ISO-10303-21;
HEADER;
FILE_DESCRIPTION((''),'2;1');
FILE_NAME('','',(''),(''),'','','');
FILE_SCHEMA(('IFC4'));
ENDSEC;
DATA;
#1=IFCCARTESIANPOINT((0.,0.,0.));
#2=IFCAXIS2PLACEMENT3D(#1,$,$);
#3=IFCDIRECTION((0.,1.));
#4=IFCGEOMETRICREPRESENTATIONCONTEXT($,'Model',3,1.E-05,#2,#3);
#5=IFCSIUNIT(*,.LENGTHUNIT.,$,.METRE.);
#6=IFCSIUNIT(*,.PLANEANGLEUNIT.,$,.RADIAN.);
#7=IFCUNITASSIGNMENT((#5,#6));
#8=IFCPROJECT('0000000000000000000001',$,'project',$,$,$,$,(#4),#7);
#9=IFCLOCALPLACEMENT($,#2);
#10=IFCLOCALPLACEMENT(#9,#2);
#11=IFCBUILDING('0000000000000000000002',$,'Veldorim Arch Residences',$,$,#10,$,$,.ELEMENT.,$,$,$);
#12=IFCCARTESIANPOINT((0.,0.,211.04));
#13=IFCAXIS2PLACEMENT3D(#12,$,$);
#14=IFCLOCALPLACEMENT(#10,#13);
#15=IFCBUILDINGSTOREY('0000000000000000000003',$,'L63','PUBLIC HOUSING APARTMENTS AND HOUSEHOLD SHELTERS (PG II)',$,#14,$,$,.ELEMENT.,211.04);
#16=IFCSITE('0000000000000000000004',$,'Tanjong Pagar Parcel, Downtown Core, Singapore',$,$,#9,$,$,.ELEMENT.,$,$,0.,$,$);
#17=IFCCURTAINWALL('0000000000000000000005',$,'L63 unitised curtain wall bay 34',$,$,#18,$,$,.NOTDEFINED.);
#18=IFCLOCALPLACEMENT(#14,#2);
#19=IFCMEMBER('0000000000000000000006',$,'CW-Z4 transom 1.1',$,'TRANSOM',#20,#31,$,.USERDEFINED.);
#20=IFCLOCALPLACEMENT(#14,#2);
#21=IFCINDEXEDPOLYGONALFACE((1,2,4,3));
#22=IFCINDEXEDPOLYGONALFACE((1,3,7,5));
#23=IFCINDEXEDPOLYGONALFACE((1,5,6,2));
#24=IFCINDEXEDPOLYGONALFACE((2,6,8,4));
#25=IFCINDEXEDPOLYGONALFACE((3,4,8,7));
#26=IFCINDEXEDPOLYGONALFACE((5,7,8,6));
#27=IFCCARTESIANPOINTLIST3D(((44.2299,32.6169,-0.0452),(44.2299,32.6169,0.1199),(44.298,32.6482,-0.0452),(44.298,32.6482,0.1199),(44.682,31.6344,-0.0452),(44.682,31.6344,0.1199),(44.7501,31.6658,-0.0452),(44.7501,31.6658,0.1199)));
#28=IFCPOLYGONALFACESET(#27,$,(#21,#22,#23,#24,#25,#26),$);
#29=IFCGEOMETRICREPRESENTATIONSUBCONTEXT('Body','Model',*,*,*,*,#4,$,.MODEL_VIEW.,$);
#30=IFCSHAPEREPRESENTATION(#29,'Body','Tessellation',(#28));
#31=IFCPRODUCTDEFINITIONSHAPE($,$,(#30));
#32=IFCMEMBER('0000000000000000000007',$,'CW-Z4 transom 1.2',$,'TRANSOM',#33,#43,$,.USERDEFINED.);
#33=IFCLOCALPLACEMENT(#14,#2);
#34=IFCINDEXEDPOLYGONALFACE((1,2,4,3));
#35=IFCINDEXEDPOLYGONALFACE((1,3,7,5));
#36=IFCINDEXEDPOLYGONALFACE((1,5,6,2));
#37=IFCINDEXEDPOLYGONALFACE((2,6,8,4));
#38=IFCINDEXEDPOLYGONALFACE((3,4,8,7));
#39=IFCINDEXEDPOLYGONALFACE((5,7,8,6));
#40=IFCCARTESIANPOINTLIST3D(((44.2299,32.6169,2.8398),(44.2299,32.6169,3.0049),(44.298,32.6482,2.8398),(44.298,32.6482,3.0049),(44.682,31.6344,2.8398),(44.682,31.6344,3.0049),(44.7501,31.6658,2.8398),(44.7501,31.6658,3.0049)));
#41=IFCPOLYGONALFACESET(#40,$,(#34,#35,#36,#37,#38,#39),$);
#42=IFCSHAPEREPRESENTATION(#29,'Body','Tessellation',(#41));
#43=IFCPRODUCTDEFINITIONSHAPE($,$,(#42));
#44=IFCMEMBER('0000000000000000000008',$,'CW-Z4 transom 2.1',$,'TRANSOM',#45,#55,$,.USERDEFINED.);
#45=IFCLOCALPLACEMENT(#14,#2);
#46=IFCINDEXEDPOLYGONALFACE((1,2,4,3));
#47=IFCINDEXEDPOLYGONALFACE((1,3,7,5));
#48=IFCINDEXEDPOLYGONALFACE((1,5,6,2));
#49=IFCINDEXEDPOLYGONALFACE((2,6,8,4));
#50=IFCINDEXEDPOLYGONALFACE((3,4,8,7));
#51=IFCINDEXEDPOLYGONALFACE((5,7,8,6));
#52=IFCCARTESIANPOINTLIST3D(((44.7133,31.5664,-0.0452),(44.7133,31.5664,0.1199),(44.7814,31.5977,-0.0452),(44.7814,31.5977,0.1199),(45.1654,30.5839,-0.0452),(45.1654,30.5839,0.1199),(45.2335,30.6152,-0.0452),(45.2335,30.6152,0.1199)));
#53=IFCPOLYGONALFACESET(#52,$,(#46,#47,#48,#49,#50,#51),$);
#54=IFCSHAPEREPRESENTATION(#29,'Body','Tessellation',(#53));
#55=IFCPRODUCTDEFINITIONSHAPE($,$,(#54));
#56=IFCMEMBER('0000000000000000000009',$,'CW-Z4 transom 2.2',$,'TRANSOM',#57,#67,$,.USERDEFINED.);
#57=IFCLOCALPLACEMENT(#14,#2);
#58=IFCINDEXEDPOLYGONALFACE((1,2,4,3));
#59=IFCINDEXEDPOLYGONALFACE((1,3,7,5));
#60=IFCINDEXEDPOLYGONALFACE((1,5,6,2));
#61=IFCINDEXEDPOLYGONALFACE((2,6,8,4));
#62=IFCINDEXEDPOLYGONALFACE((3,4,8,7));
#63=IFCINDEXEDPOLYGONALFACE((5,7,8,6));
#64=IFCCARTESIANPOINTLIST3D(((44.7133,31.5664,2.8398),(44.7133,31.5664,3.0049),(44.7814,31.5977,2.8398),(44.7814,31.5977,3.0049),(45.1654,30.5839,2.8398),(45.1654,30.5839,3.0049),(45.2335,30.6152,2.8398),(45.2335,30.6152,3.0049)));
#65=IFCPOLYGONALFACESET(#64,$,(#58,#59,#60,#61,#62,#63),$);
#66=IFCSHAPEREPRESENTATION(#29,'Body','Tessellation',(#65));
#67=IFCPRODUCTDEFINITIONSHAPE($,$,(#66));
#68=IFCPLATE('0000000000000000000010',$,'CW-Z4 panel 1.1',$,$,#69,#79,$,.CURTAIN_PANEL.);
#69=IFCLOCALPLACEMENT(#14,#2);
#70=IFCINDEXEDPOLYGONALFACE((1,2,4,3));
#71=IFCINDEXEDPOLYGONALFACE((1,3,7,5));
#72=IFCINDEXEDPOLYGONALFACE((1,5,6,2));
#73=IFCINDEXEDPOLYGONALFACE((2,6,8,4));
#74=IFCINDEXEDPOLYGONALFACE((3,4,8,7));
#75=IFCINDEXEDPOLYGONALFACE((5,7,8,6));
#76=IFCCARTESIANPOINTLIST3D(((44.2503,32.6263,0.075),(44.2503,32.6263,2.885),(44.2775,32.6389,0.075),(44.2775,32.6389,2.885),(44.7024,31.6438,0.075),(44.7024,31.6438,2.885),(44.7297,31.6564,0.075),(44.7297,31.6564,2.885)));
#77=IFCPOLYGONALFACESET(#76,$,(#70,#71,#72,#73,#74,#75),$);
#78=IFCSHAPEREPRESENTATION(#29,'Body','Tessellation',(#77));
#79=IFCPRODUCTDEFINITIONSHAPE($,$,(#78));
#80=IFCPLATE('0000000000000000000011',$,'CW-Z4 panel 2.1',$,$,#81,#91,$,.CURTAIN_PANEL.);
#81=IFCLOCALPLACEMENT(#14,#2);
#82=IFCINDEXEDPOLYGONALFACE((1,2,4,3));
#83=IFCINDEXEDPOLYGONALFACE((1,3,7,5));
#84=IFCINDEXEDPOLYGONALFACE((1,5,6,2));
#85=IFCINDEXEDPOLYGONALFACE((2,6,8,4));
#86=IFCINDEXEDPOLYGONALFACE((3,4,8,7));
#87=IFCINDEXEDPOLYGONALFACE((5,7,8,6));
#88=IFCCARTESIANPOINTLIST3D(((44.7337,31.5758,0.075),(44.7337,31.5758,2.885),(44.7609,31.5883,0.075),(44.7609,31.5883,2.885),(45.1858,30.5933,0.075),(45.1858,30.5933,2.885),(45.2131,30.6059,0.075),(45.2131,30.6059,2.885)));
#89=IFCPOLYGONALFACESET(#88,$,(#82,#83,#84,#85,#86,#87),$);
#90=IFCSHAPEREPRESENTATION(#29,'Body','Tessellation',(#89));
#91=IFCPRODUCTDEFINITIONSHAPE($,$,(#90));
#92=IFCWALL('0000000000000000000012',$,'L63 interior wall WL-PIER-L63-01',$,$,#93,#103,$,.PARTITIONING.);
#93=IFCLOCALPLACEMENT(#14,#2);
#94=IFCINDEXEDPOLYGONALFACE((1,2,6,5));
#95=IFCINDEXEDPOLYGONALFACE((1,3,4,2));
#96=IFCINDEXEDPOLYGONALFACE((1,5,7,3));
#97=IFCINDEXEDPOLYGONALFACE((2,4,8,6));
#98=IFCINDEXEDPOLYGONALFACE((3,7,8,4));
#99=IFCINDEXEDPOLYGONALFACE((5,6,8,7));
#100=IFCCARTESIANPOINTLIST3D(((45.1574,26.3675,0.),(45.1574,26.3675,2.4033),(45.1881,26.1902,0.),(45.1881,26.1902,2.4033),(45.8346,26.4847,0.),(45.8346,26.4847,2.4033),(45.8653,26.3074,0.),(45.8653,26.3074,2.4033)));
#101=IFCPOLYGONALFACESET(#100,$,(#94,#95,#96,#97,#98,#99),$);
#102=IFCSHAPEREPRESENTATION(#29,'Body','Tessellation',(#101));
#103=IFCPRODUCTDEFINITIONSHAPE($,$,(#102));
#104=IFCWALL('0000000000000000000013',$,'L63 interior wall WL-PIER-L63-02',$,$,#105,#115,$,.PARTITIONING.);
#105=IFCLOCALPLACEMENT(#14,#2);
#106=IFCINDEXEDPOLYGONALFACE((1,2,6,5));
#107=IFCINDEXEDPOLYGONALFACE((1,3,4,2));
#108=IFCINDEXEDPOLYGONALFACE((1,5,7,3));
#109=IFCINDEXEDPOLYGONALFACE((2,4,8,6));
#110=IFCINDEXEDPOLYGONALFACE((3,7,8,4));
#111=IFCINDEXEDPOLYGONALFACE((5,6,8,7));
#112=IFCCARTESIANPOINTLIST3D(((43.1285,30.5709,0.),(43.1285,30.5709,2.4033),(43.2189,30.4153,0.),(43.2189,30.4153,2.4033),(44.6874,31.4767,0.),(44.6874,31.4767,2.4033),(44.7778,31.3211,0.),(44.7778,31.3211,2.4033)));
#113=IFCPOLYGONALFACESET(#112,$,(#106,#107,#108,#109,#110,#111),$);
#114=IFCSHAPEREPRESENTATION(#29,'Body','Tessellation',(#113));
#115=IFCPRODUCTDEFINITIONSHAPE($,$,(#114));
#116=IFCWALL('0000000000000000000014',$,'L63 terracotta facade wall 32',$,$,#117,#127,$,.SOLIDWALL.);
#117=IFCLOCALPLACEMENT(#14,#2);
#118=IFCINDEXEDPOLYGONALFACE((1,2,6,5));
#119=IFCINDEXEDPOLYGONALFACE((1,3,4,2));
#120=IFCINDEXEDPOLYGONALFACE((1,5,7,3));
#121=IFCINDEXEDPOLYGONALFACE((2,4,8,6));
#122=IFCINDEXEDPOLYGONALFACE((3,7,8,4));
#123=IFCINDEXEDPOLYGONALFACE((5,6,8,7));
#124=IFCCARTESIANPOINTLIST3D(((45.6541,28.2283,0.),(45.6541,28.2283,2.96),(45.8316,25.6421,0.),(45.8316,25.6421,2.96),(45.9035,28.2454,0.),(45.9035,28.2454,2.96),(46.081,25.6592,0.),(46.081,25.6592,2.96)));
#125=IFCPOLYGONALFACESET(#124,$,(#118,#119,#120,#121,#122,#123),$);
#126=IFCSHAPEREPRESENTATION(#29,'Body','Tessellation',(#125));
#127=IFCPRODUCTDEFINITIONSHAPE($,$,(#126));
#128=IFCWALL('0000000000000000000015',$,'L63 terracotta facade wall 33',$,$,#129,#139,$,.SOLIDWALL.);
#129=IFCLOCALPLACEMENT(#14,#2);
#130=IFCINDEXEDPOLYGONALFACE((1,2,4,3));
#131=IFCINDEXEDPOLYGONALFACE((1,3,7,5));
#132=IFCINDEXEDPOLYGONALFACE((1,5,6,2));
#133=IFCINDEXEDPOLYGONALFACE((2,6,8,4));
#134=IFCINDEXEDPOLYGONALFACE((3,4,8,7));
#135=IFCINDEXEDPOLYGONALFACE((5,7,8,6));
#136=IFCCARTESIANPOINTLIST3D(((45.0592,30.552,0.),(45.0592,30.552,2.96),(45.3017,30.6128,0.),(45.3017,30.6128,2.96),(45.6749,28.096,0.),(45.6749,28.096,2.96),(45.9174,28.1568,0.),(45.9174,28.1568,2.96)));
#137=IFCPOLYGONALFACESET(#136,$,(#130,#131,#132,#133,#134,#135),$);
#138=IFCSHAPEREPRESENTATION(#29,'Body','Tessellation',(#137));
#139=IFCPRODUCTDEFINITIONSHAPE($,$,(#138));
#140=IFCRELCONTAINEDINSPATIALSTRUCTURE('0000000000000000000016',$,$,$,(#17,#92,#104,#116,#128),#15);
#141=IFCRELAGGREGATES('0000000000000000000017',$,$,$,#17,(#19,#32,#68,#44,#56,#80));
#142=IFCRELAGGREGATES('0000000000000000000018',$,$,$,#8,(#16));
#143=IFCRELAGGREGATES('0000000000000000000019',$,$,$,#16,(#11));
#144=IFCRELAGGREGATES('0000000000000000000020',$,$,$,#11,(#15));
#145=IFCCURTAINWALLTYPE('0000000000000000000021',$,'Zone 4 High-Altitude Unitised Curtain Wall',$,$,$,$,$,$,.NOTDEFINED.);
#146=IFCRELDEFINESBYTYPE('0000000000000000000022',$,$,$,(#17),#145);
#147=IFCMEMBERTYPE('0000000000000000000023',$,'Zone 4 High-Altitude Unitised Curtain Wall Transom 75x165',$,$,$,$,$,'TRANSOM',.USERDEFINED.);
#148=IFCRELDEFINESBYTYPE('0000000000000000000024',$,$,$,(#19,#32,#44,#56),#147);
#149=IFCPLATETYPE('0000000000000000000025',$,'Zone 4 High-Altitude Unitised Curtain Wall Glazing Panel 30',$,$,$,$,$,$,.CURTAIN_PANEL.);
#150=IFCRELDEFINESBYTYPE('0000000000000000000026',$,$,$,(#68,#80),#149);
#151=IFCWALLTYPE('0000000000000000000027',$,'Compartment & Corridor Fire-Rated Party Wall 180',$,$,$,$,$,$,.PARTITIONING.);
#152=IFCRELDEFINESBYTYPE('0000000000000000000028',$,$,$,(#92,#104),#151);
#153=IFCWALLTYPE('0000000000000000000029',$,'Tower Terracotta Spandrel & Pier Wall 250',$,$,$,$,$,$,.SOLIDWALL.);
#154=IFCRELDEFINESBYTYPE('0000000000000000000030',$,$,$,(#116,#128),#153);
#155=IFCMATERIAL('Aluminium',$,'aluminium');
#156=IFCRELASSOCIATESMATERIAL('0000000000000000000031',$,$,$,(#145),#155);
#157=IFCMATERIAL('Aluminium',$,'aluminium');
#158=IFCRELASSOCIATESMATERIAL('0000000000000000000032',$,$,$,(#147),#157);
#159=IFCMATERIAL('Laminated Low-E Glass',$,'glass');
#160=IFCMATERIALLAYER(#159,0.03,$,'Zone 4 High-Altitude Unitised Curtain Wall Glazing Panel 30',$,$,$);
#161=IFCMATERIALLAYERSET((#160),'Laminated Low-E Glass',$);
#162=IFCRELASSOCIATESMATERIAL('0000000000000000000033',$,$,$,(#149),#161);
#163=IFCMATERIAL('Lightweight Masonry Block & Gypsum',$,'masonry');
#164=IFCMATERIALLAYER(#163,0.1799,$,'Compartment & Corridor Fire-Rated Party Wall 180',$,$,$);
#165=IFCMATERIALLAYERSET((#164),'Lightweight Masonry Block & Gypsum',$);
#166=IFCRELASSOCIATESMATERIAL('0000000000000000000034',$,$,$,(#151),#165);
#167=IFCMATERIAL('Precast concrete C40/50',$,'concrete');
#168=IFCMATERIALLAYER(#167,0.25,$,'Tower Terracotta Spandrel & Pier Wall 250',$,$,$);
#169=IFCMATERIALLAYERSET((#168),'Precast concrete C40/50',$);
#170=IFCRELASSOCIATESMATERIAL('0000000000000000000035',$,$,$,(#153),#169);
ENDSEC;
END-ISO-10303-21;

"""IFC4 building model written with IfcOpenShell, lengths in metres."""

from ifc_helpers import new_model, si_unit, direction, frame, frame_2d, origin, origin_2d, place, context, subcontext, project, spatial, rectangle, extrude, material, layer, layer_set, material_profile, profile_set, type_object, element, aggregate, save


model = new_model("IFC4")

# Units and contexts
model_context = context("Model", 3, precision=1e-05, world=origin(), true_north=direction((0.0, 1.0)))
body_context = subcontext(model_context, "Body", "Model", "MODEL_VIEW")
ifc_project = project(units=[si_unit("LENGTHUNIT", "METRE"), si_unit("PLANEANGLEUNIT", "RADIAN")], contexts=[model_context])

# Site, building, storey
site_placement = place(None, origin())
site = spatial("IfcSite", under=ifc_project, at=site_placement, Name="Tanjong Pagar Parcel, Downtown Core, Singapore", CompositionType="ELEMENT", RefElevation=0.0)
building_placement = place(site_placement, origin())
building = spatial("IfcBuilding", under=site, at=building_placement, Name="Veldorim Arch Residences", CompositionType="ELEMENT")
storey_placement = place(building_placement, frame((0.0, 0.0, 211.04)))
storey = spatial("IfcBuildingStorey", under=building, at=storey_placement, Name="L63", Description="PUBLIC HOUSING APARTMENTS AND HOUSEHOLD SHELTERS (PG II)", CompositionType="ELEMENT", Elevation=211.04)

# Curtain wall, members, plates
ifc_material_1 = material(Name="Aluminium", Category="aluminium")
curtain_wall_type = type_object("IfcCurtainWallType", Name="Zone 4 High-Altitude Unitised Curtain Wall", PredefinedType="NOTDEFINED", material=ifc_material_1)
curtain_wall_placement = place(storey_placement, origin())
curtain_wall = element("IfcCurtainWall", 1, at=curtain_wall_placement, inside=storey, type_object=curtain_wall_type, Name="L63 unitised curtain wall bay 34", PredefinedType="NOTDEFINED")
ifc_material_2 = material(Name="Aluminium", Category="aluminium")
ifc_material_profile_1 = material_profile(ifc_material_2, rectangle(XDim=0.075, YDim=0.165, at=origin_2d()), Name="ALU_TRN_75x165")
ifc_profile_set_1 = profile_set([ifc_material_profile_1], Name="Aluminium")
member_type_1 = type_object("IfcMemberType", Name="Zone 4 High-Altitude Unitised Curtain Wall Transom 75x165", ElementType="TRANSOM", PredefinedType="USERDEFINED", material=ifc_profile_set_1)
member_1_placement = place(storey_placement, frame((44.2639, 32.6326, 0.0374), z_axis=(0.418084, -0.908408, 0.0), x_axis=(0.908408, 0.418084, 0.0)))
member_1 = element("IfcMember", 2, at=member_1_placement, type_object=member_type_1, Name="CW-Z4 transom 1.1", ObjectType="TRANSOM", PredefinedType="USERDEFINED", context=body_context, shape_type="SweptSolid", body=[
    extrude(rectangle(XDim=0.075, YDim=0.165, at=origin_2d()), origin(), (0.0, 0.0, 1.0), 1.0815),
])
member_2_placement = place(storey_placement, frame((44.2639, 32.6326, 2.9224), z_axis=(0.418084, -0.908408, 0.0), x_axis=(0.908408, 0.418084, 0.0)))
member_2 = element("IfcMember", 3, at=member_2_placement, type_object=member_type_1, Name="CW-Z4 transom 1.2", ObjectType="TRANSOM", PredefinedType="USERDEFINED", context=body_context, shape_type="SweptSolid", body=[
    extrude(rectangle(XDim=0.075, YDim=0.165, at=origin_2d()), origin(), (0.0, 0.0, 1.0), 1.0815),
])
member_3_placement = place(storey_placement, frame((44.7473, 31.582, 0.0374), z_axis=(0.418084, -0.908408, 0.0), x_axis=(0.908408, 0.418084, 0.0)))
member_3 = element("IfcMember", 4, at=member_3_placement, type_object=member_type_1, Name="CW-Z4 transom 2.1", ObjectType="TRANSOM", PredefinedType="USERDEFINED", context=body_context, shape_type="SweptSolid", body=[
    extrude(rectangle(XDim=0.075, YDim=0.165, at=origin_2d()), origin(), (0.0, 0.0, 1.0), 1.0815),
])
member_4_placement = place(storey_placement, frame((44.7473, 31.582, 2.9224), z_axis=(0.418084, -0.908408, 0.0), x_axis=(0.908408, 0.418084, 0.0)))
member_4 = element("IfcMember", 5, at=member_4_placement, type_object=member_type_1, Name="CW-Z4 transom 2.2", ObjectType="TRANSOM", PredefinedType="USERDEFINED", context=body_context, shape_type="SweptSolid", body=[
    extrude(rectangle(XDim=0.075, YDim=0.165, at=origin_2d()), origin(), (0.0, 0.0, 1.0), 1.0815),
])
ifc_material_3 = material(Name="Laminated Low-E Glass", Category="glass")
ifc_layer_1 = layer(ifc_material_3, 0.03, Name="Zone 4 High-Altitude Unitised Curtain Wall Glazing Panel 30")
ifc_layer_set_1 = layer_set([ifc_layer_1], Name="Laminated Low-E Glass")
plate_type = type_object("IfcPlateType", Name="Zone 4 High-Altitude Unitised Curtain Wall Glazing Panel 30", PredefinedType="CURTAIN_PANEL", material=ifc_layer_set_1)
plate_1_placement = place(storey_placement, frame((44.49, 32.1414, 0.075), z_axis=(0.0, 0.0, 1.0), x_axis=(0.418102, -0.9084, 0.0)))
plate_1 = element("IfcPlate", 6, at=plate_1_placement, type_object=plate_type, Name="CW-Z4 panel 1.1", PredefinedType="CURTAIN_PANEL", context=body_context, shape_type="SweptSolid", body=[
    extrude(rectangle(XDim=1.0815, YDim=0.03, at=origin_2d()), origin(), (0.0, 0.0, 1.0), 2.8101),
])
plate_2_placement = place(storey_placement, frame((44.9734, 31.0908, 0.075), z_axis=(0.0, 0.0, 1.0), x_axis=(0.418102, -0.9084, 0.0)))
plate_2 = element("IfcPlate", 7, at=plate_2_placement, type_object=plate_type, Name="CW-Z4 panel 2.1", PredefinedType="CURTAIN_PANEL", context=body_context, shape_type="SweptSolid", body=[
    extrude(rectangle(XDim=1.0815, YDim=0.03, at=origin_2d()), origin(), (0.0, 0.0, 1.0), 2.8101),
])
aggregate(curtain_wall, [member_1, member_2, plate_1, member_3, member_4, plate_2])

# Walls
ifc_material_4 = material(Name="Lightweight Masonry Block & Gypsum", Category="masonry")
ifc_layer_2 = layer(ifc_material_4, 0.1799, Name="Compartment & Corridor Fire-Rated Party Wall 180")
ifc_layer_set_2 = layer_set([ifc_layer_2], Name="Lightweight Masonry Block & Gypsum")
wall_type_1 = type_object("IfcWallType", Name="Compartment & Corridor Fire-Rated Party Wall 180", PredefinedType="PARTITIONING", material=ifc_layer_set_2)
wall_1_placement = place(storey_placement, frame((45.1726, 26.2788, 0.0), z_axis=(0.0, 0.0, 1.0), x_axis=(0.985357, 0.170502, 0.0)))
element("IfcWall", 8, at=wall_1_placement, inside=storey, type_object=wall_type_1, Name="L63 interior wall WL-PIER-L63-01", PredefinedType="PARTITIONING", context=body_context, shape_type="SweptSolid", body=[
    extrude(rectangle(XDim=0.6873, YDim=0.1799, at=frame_2d((0.3438, 0.0))), origin(), (0.0, 0.0, 1.0), 2.4033),
])
wall_2_placement = place(storey_placement, frame((43.1738, 30.4932, 0.0), z_axis=(0.0, 0.0, 1.0), x_axis=(0.864637, 0.502397, 0.0)))
element("IfcWall", 9, at=wall_2_placement, inside=storey, type_object=wall_type_1, Name="L63 interior wall WL-PIER-L63-02", PredefinedType="PARTITIONING", context=body_context, shape_type="SweptSolid", body=[
    extrude(rectangle(XDim=1.803, YDim=0.1799, at=frame_2d((0.9014, 0.0))), origin(), (0.0, 0.0, 1.0), 2.4033),
])
ifc_material_5 = material(Name="Precast concrete C40/50", Category="concrete")
ifc_layer_3 = layer(ifc_material_5, 0.25, Name="Tower Terracotta Spandrel & Pier Wall 250")
ifc_layer_set_3 = layer_set([ifc_layer_3], Name="Precast concrete C40/50")
wall_type_2 = type_object("IfcWallType", Name="Tower Terracotta Spandrel & Pier Wall 250", PredefinedType="SOLIDWALL", material=ifc_layer_set_3)
wall_3_placement = place(storey_placement, frame((45.7788, 28.2368, 0.0), z_axis=(0.0, 0.0, 1.0), x_axis=(0.068469, -0.997653, 0.0)))
element("IfcWall", 10, at=wall_3_placement, inside=storey, type_object=wall_type_2, Name="L63 terracotta facade wall 32", PredefinedType="SOLIDWALL", context=body_context, shape_type="SweptSolid", body=[
    extrude(rectangle(XDim=2.5923, YDim=0.25, at=frame_2d((1.2961, 0.0))), origin(), (0.0, 0.0, 1.0), 2.96),
])
wall_4_placement = place(storey_placement, frame((45.1804, 30.5825, 0.0), z_axis=(0.0, 0.0, 1.0), x_axis=(0.243171, -0.969983, 0.0)))
element("IfcWall", 11, at=wall_4_placement, inside=storey, type_object=wall_type_2, Name="L63 terracotta facade wall 33", PredefinedType="SOLIDWALL", context=body_context, shape_type="SweptSolid", body=[
    extrude(rectangle(XDim=2.532, YDim=0.25, at=frame_2d((1.2661, 0.0))), origin(), (0.0, 0.0, 1.0), 2.96),
])

save(model, "model.ifc")
